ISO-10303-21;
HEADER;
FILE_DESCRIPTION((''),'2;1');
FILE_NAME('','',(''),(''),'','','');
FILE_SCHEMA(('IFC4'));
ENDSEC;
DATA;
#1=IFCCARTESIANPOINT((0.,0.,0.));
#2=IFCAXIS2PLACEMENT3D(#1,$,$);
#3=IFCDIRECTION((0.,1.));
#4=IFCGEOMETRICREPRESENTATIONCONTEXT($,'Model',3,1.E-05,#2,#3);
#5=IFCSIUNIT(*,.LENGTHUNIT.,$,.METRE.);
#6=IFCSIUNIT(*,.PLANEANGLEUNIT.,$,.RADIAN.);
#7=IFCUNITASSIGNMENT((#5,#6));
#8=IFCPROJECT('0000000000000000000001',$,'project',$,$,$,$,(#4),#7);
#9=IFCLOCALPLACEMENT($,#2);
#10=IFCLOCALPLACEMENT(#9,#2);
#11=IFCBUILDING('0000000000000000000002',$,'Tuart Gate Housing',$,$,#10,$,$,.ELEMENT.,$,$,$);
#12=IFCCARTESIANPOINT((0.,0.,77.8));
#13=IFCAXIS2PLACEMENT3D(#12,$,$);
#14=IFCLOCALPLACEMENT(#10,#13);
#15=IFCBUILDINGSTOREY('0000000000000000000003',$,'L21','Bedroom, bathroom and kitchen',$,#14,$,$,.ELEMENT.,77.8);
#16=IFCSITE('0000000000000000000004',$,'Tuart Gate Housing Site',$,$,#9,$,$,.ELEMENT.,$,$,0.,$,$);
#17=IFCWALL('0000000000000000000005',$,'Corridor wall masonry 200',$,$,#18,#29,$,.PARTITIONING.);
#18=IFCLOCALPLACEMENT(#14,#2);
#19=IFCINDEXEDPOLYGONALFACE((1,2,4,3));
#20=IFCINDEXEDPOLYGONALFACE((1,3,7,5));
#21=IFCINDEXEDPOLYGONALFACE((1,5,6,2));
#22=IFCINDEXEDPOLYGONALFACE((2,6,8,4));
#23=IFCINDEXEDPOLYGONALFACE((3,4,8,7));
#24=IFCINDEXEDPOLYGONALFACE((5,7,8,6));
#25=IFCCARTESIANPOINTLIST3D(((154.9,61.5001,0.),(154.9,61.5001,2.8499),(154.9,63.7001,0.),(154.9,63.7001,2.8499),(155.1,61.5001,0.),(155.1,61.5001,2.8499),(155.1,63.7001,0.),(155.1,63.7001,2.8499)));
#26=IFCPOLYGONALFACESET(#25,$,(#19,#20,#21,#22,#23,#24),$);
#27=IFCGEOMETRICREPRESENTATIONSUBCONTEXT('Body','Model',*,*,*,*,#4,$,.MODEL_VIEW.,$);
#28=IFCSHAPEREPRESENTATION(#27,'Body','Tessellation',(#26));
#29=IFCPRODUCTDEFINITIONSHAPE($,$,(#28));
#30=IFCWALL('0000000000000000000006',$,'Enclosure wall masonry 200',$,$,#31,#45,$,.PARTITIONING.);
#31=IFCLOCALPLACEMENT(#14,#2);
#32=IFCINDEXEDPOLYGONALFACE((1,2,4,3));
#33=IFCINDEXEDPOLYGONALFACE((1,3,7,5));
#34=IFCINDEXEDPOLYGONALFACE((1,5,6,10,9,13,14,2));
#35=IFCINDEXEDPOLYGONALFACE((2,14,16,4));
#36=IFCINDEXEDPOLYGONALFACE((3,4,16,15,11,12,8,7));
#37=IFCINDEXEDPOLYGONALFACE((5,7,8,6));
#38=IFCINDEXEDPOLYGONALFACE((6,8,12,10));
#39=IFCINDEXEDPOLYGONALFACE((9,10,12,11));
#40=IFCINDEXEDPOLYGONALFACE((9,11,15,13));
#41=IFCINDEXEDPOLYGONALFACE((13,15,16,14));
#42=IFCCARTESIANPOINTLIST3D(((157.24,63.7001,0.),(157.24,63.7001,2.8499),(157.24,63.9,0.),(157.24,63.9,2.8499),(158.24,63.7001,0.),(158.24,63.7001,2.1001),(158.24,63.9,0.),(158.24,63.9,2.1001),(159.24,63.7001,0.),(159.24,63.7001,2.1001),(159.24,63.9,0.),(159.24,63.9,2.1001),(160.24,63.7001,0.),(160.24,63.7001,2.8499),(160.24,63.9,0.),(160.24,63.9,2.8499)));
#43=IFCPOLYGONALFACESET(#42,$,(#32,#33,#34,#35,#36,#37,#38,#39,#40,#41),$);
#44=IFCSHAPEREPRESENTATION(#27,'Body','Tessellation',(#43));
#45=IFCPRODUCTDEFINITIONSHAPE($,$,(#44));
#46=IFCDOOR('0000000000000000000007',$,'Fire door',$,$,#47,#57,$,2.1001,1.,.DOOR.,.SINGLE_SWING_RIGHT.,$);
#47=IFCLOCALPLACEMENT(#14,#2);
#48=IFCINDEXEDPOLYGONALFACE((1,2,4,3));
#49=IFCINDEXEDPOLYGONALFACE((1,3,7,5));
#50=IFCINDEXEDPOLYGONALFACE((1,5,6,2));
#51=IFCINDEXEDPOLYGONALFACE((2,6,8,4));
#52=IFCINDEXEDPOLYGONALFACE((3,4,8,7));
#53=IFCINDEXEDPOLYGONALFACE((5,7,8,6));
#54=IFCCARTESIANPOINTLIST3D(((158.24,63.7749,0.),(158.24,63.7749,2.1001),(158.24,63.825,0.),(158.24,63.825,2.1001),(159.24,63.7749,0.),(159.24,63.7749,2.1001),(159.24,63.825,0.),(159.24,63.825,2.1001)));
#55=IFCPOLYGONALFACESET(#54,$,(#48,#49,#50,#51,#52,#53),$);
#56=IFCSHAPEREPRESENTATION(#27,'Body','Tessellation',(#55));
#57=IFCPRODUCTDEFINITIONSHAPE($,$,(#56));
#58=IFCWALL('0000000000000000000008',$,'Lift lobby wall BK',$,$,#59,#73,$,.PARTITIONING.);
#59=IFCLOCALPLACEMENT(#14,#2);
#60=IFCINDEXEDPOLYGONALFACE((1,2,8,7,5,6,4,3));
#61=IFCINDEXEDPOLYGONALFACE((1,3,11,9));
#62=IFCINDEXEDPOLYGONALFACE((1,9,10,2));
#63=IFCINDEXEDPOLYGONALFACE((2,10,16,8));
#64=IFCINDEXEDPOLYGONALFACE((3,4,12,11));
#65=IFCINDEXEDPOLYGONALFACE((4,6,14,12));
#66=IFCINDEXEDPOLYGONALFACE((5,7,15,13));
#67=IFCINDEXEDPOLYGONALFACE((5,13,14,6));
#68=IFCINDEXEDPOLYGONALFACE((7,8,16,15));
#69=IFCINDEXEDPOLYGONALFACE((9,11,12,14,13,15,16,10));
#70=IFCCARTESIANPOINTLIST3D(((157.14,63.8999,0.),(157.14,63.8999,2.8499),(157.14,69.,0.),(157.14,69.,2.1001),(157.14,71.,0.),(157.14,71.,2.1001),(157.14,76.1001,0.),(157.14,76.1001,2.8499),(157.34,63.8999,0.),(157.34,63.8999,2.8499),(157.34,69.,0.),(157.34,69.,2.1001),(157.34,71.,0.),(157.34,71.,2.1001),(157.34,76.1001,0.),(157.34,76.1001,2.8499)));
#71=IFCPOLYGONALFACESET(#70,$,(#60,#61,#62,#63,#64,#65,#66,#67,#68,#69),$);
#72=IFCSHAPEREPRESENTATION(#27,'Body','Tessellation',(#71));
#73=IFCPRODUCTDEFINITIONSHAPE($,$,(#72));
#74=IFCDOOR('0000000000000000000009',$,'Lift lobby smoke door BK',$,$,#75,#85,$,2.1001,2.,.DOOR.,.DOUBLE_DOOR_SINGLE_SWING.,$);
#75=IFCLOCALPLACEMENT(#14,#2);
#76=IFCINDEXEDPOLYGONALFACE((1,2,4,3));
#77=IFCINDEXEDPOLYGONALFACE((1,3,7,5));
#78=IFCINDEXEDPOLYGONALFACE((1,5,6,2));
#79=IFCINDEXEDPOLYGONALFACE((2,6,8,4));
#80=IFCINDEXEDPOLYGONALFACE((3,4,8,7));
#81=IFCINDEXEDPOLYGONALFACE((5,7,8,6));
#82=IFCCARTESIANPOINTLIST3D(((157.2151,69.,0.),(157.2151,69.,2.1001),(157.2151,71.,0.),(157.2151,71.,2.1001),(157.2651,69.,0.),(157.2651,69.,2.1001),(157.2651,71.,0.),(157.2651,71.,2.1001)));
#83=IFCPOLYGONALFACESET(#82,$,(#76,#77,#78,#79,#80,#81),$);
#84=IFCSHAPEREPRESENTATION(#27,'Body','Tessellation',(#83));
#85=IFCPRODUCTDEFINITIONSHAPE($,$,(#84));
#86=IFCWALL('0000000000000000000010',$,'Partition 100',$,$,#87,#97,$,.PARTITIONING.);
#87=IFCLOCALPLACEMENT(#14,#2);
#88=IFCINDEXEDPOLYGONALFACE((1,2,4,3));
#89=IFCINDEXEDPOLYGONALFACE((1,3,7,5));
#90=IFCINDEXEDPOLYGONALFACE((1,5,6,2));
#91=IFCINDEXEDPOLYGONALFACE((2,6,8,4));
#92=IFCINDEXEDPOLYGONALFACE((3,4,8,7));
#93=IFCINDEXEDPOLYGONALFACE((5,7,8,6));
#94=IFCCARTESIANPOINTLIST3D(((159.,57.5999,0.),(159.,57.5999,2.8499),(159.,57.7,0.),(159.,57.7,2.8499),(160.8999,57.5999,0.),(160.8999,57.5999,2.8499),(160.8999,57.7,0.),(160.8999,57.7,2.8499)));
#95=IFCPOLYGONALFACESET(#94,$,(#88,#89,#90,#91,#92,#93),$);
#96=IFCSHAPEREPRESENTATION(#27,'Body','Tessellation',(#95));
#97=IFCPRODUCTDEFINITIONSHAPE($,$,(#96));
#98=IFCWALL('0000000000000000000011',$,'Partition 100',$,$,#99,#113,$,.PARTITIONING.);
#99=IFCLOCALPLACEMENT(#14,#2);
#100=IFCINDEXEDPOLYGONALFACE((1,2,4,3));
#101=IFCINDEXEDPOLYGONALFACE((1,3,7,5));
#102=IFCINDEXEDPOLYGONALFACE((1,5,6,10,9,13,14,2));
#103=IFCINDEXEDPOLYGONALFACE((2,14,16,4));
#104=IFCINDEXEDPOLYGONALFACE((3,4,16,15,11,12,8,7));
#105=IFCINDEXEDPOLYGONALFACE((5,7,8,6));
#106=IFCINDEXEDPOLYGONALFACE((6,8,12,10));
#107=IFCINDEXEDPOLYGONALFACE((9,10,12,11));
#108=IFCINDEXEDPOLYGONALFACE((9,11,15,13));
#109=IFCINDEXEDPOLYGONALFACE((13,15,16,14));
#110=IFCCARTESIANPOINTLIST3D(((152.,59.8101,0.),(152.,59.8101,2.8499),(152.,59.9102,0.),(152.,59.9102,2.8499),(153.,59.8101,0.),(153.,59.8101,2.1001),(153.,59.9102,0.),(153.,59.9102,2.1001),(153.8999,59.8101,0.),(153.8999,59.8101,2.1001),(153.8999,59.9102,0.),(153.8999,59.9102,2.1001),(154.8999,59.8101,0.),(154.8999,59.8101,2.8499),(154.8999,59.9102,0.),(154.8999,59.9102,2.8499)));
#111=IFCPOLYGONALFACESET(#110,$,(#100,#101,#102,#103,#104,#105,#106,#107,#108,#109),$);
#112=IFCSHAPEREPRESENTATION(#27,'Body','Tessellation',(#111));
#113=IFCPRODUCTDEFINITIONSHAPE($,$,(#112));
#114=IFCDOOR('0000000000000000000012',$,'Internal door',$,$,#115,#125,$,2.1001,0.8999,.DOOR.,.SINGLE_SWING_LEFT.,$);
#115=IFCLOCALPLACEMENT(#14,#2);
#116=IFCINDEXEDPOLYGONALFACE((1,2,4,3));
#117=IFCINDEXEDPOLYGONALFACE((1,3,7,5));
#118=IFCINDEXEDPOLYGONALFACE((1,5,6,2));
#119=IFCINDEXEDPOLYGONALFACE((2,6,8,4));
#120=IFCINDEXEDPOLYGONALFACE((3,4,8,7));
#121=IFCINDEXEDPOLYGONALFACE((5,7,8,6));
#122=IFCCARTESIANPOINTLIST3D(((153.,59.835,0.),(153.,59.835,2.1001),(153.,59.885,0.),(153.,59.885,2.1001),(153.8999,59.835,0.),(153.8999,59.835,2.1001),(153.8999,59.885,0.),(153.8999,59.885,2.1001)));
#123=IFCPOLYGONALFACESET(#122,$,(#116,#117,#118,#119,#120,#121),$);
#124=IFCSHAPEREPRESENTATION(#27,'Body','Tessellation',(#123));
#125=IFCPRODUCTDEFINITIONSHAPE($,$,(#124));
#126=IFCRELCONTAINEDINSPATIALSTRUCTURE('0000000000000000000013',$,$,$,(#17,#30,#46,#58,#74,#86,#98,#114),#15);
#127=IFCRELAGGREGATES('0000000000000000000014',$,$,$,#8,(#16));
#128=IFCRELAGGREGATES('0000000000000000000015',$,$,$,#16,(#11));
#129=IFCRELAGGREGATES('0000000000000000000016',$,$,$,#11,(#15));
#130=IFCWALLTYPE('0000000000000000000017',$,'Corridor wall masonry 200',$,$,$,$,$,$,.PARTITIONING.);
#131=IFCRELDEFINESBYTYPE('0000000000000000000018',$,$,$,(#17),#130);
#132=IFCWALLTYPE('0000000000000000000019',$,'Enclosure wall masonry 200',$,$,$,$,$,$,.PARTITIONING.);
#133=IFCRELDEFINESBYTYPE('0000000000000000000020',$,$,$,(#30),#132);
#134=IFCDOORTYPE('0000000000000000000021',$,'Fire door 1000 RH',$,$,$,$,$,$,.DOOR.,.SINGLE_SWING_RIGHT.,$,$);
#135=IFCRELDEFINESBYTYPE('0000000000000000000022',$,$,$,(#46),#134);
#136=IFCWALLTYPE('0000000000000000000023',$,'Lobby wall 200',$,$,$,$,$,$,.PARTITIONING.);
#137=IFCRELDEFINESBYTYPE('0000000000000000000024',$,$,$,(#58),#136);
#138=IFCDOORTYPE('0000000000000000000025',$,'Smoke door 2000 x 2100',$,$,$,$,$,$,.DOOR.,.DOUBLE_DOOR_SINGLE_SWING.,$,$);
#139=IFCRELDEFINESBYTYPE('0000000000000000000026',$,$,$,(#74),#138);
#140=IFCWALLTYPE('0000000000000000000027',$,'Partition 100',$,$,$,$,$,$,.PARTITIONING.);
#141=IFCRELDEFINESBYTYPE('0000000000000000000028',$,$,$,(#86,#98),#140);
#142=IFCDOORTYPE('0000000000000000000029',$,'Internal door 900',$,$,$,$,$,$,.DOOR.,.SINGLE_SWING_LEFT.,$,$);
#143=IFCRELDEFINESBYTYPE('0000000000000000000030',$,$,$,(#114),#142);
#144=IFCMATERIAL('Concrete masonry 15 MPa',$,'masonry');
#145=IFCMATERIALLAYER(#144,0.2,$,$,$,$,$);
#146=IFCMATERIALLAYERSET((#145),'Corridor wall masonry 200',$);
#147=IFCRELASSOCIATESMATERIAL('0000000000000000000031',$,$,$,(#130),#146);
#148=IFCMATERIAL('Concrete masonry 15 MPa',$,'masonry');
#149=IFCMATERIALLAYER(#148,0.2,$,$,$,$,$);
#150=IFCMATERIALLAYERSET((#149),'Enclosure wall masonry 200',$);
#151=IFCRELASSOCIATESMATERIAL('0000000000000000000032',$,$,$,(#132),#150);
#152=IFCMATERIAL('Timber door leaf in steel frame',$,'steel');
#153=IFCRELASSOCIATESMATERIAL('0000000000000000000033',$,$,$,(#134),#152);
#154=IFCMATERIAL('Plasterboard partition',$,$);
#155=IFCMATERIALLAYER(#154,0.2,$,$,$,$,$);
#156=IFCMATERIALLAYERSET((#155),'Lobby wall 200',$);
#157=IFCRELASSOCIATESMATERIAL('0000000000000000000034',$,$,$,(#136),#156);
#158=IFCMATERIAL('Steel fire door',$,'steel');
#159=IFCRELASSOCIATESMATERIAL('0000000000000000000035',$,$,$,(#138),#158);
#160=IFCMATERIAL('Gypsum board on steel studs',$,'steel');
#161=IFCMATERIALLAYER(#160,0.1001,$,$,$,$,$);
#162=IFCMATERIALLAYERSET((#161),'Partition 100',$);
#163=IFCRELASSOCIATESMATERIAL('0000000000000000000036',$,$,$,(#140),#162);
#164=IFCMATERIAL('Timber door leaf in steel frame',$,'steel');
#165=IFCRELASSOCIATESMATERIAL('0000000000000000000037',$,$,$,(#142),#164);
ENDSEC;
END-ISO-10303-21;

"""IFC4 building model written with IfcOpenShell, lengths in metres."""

from ifc_helpers import new_model, si_unit, direction, frame, frame_2d, origin, place, context, subcontext, project, spatial, rectangle, extrude, material, layer, layer_set, type_object, element, fill, save


model = new_model("IFC4")

# Units and contexts
model_context = context("Model", 3, precision=1e-05, world=origin(), true_north=direction((0.0, 1.0)))
body_context = subcontext(model_context, "Body", "Model", "MODEL_VIEW")
ifc_project = project(units=[si_unit("LENGTHUNIT", "METRE"), si_unit("PLANEANGLEUNIT", "RADIAN")], contexts=[model_context])

# Site, building, storey
site_placement = place(None, origin())
site = spatial("IfcSite", under=ifc_project, at=site_placement, Name="Tuart Gate Housing Site", CompositionType="ELEMENT", RefElevation=0.0)
building_placement = place(site_placement, origin())
building = spatial("IfcBuilding", under=site, at=building_placement, Name="Tuart Gate Housing", CompositionType="ELEMENT")
storey_placement = place(building_placement, frame((0.0, 0.0, 77.8)))
storey = spatial("IfcBuildingStorey", under=building, at=storey_placement, Name="L21", Description="Bedroom, bathroom and kitchen", CompositionType="ELEMENT", Elevation=77.8)

# Shared definitions
ifc_material_1 = material(Name="Concrete masonry 15 MPa", Category="masonry")
ifc_layer_1 = layer(ifc_material_1, 0.2)
ifc_layer_set_1 = layer_set([ifc_layer_1], Name="Corridor wall masonry 200")
wall_type_1 = type_object("IfcWallType", Name="Corridor wall masonry 200", PredefinedType="PARTITIONING", material=ifc_layer_set_1)

# Wall
wall_1_placement = place(storey_placement, frame((155.0, 61.5, 0.0), z_axis=(0.0, 0.0, 1.0), x_axis=(0.0, 1.0, 0.0)))
element("IfcWall", 1, at=wall_1_placement, inside=storey, type_object=wall_type_1, Name="Corridor wall masonry 200", PredefinedType="PARTITIONING", context=body_context, shape_type="SweptSolid", body=[
    extrude(rectangle(XDim=2.2, YDim=0.2, at=frame_2d((1.1001, 0.0))), origin(), (0.0, 0.0, 1.0), 2.8499),
])

# Walls, openings, doors
ifc_material_2 = material(Name="Concrete masonry 15 MPa", Category="masonry")
ifc_layer_2 = layer(ifc_material_2, 0.2)
ifc_layer_set_2 = layer_set([ifc_layer_2], Name="Enclosure wall masonry 200")
wall_type_2 = type_object("IfcWallType", Name="Enclosure wall masonry 200", PredefinedType="PARTITIONING", material=ifc_layer_set_2)
wall_2_placement = place(storey_placement, frame((157.24, 63.8, 0.0), z_axis=(0.0, 0.0, 1.0), x_axis=(1.0, 0.0, 0.0)))
wall_2 = element("IfcWall", 2, at=wall_2_placement, inside=storey, type_object=wall_type_2, Name="Enclosure wall masonry 200", PredefinedType="PARTITIONING", context=body_context, shape_type="SweptSolid", body=[
    extrude(rectangle(XDim=3.0, YDim=0.2, at=frame_2d((1.5, 0.0))), origin(), (0.0, 0.0, 1.0), 2.8499),
])
opening_1_placement = place(wall_2_placement, frame((1.0, 0.0, 0.0)))
opening_1 = element("IfcOpeningElement", 3, at=opening_1_placement, cuts=wall_2, PredefinedType="OPENING", context=body_context, shape_type="SweptSolid", body=[
    extrude(rectangle(XDim=1.0, YDim=2.1001, at=frame_2d((0.5, 1.05))), frame((0.0, 0.1099, 0.0), z_axis=(0.0, -1.0, 0.0), x_axis=(1.0, 0.0, 0.0)), (0.0, 0.0, 1.0), 0.22),
])
ifc_material_3 = material(Name="Timber door leaf in steel frame", Category="steel")
door_type_1 = type_object("IfcDoorType", Name="Fire door 1000 RH", OperationType="SINGLE_SWING_RIGHT", PredefinedType="DOOR", material=ifc_material_3)
door_1_placement = place(opening_1_placement, frame((1.0, 0.0, 0.0), z_axis=(0.0, 0.0, 1.0), x_axis=(-1.0, 0.0, 0.0)))
door_1 = element("IfcDoor", 4, at=door_1_placement, inside=storey, type_object=door_type_1, Name="Fire door", OperationType="SINGLE_SWING_RIGHT", OverallHeight=2.1001, OverallWidth=1.0, PredefinedType="DOOR", context=body_context, shape_type="SweptSolid", body=[
    extrude(rectangle(XDim=1.0, YDim=2.1001, at=frame_2d((0.5, 1.05))), frame((0.0, 0.0251, 0.0), z_axis=(0.0, -1.0, 0.0), x_axis=(1.0, 0.0, 0.0)), (0.0, 0.0, 1.0), 0.05),
])
fill(opening_1, door_1)
ifc_material_4 = material(Name="Plasterboard partition")
ifc_layer_3 = layer(ifc_material_4, 0.2)
ifc_layer_set_3 = layer_set([ifc_layer_3], Name="Lobby wall 200")
wall_type_3 = type_object("IfcWallType", Name="Lobby wall 200", PredefinedType="PARTITIONING", material=ifc_layer_set_3)
wall_3_placement = place(storey_placement, frame((157.24, 63.8999, 0.0), z_axis=(0.0, 0.0, 1.0), x_axis=(0.0, 1.0, 0.0)))
wall_3 = element("IfcWall", 5, at=wall_3_placement, inside=storey, type_object=wall_type_3, Name="Lift lobby wall BK", PredefinedType="PARTITIONING", context=body_context, shape_type="SweptSolid", body=[
    extrude(rectangle(XDim=12.2002, YDim=0.2, at=frame_2d((6.1001, 0.0))), origin(), (0.0, 0.0, 1.0), 2.8499),
])
opening_2_placement = place(wall_3_placement, frame((5.1001, 0.0, 0.0)))
opening_2 = element("IfcOpeningElement", 6, at=opening_2_placement, cuts=wall_3, PredefinedType="OPENING", context=body_context, shape_type="SweptSolid", body=[
    extrude(rectangle(XDim=2.0, YDim=2.1001, at=frame_2d((1.0, 1.05))), frame((0.0, 0.1099, 0.0), z_axis=(0.0, -1.0, 0.0), x_axis=(1.0, 0.0, 0.0)), (0.0, 0.0, 1.0), 0.22),
])
ifc_material_5 = material(Name="Steel fire door", Category="steel")
door_type_2 = type_object("IfcDoorType", Name="Smoke door 2000 x 2100", OperationType="DOUBLE_DOOR_SINGLE_SWING", PredefinedType="DOOR", material=ifc_material_5)
door_2_placement = place(opening_2_placement, frame((2.0, 0.0, 0.0), z_axis=(0.0, 0.0, 1.0), x_axis=(-1.0, 0.0, 0.0)))
door_2 = element("IfcDoor", 7, at=door_2_placement, inside=storey, type_object=door_type_2, Name="Lift lobby smoke door BK", OperationType="DOUBLE_DOOR_SINGLE_SWING", OverallHeight=2.1001, OverallWidth=2.0, PredefinedType="DOOR", context=body_context, shape_type="SweptSolid", body=[
    extrude(rectangle(XDim=2.0, YDim=2.1001, at=frame_2d((1.0, 1.05))), frame((0.0, 0.0251, 0.0), z_axis=(0.0, -1.0, 0.0), x_axis=(1.0, 0.0, 0.0)), (0.0, 0.0, 1.0), 0.05),
])
fill(opening_2, door_2)

# Wall
ifc_material_6 = material(Name="Gypsum board on steel studs", Category="steel")
ifc_layer_4 = layer(ifc_material_6, 0.1001)
ifc_layer_set_4 = layer_set([ifc_layer_4], Name="Partition 100")
wall_type_4 = type_object("IfcWallType", Name="Partition 100", PredefinedType="PARTITIONING", material=ifc_layer_set_4)
wall_4_placement = place(storey_placement, frame((159.0, 57.6499, 0.0), z_axis=(0.0, 0.0, 1.0), x_axis=(1.0, 0.0, 0.0)))
element("IfcWall", 8, at=wall_4_placement, inside=storey, type_object=wall_type_4, Name="Partition 100", PredefinedType="PARTITIONING", context=body_context, shape_type="SweptSolid", body=[
    extrude(rectangle(XDim=1.8999, YDim=0.1001, at=frame_2d((0.95, 0.0))), origin(), (0.0, 0.0, 1.0), 2.8499),
])

# Wall, opening, door
wall_5_placement = place(storey_placement, frame((152.0, 59.8601, 0.0), z_axis=(0.0, 0.0, 1.0), x_axis=(1.0, 0.0, 0.0)))
wall_5 = element("IfcWall", 9, at=wall_5_placement, inside=storey, type_object=wall_type_4, Name="Partition 100", PredefinedType="PARTITIONING", context=body_context, shape_type="SweptSolid", body=[
    extrude(rectangle(XDim=2.8999, YDim=0.1001, at=frame_2d((1.45, 0.0))), origin(), (0.0, 0.0, 1.0), 2.8499),
])
opening_3_placement = place(wall_5_placement, frame((1.0, 0.0, 0.0)))
opening_3 = element("IfcOpeningElement", 10, at=opening_3_placement, cuts=wall_5, PredefinedType="OPENING", context=body_context, shape_type="SweptSolid", body=[
    extrude(rectangle(XDim=0.8999, YDim=2.1001, at=frame_2d((0.45, 1.05))), frame((0.0, 0.0601, 0.0), z_axis=(0.0, -1.0, 0.0), x_axis=(1.0, 0.0, 0.0)), (0.0, 0.0, 1.0), 0.1201),
])
ifc_material_7 = material(Name="Timber door leaf in steel frame", Category="steel")
door_type_3 = type_object("IfcDoorType", Name="Internal door 900", OperationType="SINGLE_SWING_LEFT", PredefinedType="DOOR", material=ifc_material_7)
door_3_placement = place(opening_3_placement, origin())
door_3 = element("IfcDoor", 11, at=door_3_placement, inside=storey, type_object=door_type_3, Name="Internal door", OperationType="SINGLE_SWING_LEFT", OverallHeight=2.1001, OverallWidth=0.8999, PredefinedType="DOOR", context=body_context, shape_type="SweptSolid", body=[
    extrude(rectangle(XDim=0.8999, YDim=2.1001, at=frame_2d((0.45, 1.05))), frame((0.0, 0.0249, 0.0), z_axis=(0.0, -1.0, 0.0), x_axis=(1.0, 0.0, 0.0)), (0.0, 0.0, 1.0), 0.05),
])
fill(opening_3, door_3)

save(model, "model.ifc")
